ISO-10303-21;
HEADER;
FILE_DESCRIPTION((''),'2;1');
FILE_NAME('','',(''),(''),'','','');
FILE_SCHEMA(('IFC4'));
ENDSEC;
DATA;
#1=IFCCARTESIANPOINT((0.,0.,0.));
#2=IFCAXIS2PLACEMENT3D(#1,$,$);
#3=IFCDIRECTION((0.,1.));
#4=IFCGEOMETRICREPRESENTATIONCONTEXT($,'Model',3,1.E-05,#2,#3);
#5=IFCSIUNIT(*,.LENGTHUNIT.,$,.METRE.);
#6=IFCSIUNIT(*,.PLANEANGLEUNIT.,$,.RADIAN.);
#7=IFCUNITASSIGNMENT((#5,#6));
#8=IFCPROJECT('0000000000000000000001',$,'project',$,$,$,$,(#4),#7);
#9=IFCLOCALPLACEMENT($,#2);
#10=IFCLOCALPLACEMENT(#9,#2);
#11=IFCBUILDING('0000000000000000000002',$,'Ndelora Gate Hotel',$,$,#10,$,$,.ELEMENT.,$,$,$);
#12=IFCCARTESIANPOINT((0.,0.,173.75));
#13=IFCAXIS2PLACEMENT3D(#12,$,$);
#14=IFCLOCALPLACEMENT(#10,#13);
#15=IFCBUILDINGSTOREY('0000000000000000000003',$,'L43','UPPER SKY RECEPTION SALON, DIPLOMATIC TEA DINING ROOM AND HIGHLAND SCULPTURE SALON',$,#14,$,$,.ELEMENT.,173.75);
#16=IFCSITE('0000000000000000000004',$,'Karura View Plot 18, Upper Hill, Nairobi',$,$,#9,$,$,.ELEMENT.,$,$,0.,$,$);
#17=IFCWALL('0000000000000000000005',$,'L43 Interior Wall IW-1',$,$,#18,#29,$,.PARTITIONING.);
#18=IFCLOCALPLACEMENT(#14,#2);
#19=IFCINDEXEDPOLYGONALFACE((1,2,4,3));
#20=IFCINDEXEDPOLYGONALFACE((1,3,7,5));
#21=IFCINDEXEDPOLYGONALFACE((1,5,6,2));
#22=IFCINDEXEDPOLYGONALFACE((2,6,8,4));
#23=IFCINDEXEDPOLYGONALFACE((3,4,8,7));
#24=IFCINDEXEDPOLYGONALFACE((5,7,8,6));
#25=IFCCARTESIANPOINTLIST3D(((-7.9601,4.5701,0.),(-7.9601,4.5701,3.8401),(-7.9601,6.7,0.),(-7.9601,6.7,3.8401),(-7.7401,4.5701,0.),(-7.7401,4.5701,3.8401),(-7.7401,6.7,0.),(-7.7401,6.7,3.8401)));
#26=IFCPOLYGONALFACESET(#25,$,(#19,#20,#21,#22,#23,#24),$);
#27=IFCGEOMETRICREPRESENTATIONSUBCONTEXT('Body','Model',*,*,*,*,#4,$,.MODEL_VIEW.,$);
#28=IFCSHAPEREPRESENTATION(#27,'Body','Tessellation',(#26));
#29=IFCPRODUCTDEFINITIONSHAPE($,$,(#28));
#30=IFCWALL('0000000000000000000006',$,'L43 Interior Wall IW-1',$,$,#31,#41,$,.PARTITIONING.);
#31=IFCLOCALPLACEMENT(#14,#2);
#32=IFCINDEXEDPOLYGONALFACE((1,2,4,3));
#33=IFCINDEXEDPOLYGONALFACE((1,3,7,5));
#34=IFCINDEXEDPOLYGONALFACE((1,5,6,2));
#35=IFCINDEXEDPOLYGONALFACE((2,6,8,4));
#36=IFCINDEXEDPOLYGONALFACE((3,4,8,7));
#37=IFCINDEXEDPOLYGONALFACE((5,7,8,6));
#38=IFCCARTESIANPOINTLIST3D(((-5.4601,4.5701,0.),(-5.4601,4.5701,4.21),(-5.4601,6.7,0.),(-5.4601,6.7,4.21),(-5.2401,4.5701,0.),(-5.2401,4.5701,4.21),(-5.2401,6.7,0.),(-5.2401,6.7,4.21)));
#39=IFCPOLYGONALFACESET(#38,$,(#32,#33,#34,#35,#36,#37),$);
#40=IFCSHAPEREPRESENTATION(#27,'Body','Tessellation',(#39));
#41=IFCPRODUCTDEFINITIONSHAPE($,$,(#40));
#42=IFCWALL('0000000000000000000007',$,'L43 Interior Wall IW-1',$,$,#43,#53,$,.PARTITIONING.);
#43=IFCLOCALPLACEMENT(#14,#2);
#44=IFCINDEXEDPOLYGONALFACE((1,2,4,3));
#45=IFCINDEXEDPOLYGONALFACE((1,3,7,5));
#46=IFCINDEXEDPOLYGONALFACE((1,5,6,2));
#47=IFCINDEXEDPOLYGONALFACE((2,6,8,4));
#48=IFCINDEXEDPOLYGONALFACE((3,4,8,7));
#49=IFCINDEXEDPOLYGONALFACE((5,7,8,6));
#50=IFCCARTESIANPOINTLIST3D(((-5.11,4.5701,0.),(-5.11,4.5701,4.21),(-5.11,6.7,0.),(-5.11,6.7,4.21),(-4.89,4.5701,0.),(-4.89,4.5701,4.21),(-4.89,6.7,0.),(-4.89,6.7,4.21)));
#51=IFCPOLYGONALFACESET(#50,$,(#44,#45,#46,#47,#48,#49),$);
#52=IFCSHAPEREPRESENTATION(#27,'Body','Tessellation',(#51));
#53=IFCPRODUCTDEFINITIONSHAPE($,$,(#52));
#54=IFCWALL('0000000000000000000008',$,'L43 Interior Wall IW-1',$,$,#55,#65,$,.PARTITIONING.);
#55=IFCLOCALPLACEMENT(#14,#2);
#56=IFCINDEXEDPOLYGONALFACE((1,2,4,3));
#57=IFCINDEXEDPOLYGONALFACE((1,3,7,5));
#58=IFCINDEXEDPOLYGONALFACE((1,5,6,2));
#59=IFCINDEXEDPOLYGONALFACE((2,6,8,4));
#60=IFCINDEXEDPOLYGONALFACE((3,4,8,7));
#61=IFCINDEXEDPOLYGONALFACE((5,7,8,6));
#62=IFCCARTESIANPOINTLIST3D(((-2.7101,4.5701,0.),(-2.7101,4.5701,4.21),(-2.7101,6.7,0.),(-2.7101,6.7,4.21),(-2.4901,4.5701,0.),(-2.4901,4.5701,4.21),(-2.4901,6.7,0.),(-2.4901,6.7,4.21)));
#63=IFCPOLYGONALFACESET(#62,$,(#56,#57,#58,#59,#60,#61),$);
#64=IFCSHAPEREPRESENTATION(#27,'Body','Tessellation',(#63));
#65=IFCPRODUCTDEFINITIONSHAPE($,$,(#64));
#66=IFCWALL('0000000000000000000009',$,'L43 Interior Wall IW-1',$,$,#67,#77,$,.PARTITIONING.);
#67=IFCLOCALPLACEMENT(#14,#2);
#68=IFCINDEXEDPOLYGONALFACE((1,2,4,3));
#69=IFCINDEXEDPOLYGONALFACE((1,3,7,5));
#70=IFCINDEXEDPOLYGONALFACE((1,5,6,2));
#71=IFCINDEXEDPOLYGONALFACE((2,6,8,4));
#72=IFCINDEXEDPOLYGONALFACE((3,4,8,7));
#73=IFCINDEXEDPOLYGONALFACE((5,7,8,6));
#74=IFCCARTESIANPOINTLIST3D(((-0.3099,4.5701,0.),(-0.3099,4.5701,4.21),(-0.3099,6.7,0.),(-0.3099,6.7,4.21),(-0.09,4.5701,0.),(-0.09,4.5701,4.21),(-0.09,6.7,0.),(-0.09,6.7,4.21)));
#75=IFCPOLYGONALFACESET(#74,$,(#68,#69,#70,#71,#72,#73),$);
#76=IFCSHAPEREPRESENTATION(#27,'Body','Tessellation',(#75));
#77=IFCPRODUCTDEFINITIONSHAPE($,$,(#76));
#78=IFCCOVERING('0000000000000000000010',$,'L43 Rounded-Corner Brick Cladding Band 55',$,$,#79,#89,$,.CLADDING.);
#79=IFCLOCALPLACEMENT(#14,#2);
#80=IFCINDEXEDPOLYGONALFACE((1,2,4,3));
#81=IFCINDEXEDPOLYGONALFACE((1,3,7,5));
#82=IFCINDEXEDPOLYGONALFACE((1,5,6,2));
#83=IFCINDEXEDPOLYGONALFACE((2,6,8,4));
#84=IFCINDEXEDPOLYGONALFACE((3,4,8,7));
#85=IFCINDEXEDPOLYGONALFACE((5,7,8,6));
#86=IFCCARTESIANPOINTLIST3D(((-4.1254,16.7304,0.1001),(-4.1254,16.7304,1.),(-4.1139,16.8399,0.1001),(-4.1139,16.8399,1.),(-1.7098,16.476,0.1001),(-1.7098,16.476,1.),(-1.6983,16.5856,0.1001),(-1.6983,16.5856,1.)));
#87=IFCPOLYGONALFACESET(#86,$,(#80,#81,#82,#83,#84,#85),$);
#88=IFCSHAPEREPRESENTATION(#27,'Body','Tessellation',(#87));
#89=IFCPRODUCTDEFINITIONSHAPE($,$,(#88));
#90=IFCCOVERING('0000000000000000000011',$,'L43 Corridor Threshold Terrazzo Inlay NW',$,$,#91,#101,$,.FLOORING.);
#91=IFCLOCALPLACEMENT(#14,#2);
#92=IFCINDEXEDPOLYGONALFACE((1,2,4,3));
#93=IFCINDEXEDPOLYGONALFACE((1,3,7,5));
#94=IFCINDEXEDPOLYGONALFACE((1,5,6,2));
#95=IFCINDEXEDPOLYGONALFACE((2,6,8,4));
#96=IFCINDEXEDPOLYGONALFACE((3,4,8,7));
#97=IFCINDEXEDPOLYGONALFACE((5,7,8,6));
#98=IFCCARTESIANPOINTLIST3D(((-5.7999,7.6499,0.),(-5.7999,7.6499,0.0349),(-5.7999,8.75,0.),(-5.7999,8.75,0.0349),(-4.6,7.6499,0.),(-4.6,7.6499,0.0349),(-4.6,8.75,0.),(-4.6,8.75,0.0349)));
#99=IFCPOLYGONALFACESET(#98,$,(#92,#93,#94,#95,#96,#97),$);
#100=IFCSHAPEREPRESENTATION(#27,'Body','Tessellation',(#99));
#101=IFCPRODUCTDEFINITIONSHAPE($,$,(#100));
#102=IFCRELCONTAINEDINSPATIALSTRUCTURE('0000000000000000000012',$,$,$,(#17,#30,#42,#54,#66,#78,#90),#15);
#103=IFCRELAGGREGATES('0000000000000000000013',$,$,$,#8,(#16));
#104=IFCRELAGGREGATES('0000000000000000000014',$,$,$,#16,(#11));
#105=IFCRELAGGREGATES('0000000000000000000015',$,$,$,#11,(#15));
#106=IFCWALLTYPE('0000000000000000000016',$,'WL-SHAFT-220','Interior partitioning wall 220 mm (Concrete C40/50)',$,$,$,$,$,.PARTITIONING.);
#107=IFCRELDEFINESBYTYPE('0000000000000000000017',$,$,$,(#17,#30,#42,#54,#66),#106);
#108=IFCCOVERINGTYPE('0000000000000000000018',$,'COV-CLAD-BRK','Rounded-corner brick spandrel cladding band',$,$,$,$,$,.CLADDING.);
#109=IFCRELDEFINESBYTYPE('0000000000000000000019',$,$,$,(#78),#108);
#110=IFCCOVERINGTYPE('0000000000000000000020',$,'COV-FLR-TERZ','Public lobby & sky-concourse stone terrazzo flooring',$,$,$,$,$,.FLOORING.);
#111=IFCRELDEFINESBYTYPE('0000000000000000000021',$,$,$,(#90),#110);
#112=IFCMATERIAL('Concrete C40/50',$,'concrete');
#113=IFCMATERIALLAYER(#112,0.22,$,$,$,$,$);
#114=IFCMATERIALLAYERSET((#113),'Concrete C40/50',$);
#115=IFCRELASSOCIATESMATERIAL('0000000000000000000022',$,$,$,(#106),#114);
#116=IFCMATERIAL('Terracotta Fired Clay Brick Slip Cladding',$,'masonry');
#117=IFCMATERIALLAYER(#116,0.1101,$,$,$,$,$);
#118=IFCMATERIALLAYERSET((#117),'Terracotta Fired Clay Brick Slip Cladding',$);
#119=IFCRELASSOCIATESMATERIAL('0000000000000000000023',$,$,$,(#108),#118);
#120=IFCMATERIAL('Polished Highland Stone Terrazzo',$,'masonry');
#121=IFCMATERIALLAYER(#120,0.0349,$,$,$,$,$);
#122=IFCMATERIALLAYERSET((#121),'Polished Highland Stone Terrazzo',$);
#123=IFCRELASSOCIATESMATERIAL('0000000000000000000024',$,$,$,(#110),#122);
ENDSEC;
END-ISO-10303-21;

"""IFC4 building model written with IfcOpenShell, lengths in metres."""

from ifc_helpers import new_model, si_unit, direction, frame, frame_2d, origin, origin_2d, place, context, subcontext, project, spatial, rectangle, extrude, material, layer, layer_set, type_object, element, save


model = new_model("IFC4")

# Units and contexts
model_context = context("Model", 3, precision=1e-05, world=origin(), true_north=direction((0.0, 1.0)))
body_context = subcontext(model_context, "Body", "Model", "MODEL_VIEW")
ifc_project = project(units=[si_unit("LENGTHUNIT", "METRE"), si_unit("PLANEANGLEUNIT", "RADIAN")], contexts=[model_context])

# Site, building, storey
site_placement = place(None, origin())
site = spatial("IfcSite", under=ifc_project, at=site_placement, Name="Karura View Plot 18, Upper Hill, Nairobi", CompositionType="ELEMENT", RefElevation=0.0)
building_placement = place(site_placement, origin())
building = spatial("IfcBuilding", under=site, at=building_placement, Name="Ndelora Gate Hotel", CompositionType="ELEMENT")
storey_placement = place(building_placement, frame((0.0, 0.0, 173.75)))
storey = spatial("IfcBuildingStorey", under=building, at=storey_placement, Name="L43", Description="UPPER SKY RECEPTION SALON, DIPLOMATIC TEA DINING ROOM AND HIGHLAND SCULPTURE SALON", CompositionType="ELEMENT", Elevation=173.75)

# Walls
ifc_material_1 = material(Name="Concrete C40/50", Category="concrete")
ifc_layer_1 = layer(ifc_material_1, 0.22)
ifc_layer_set_1 = layer_set([ifc_layer_1], Name="Concrete C40/50")
wall_type_1 = type_object("IfcWallType", Name="WL-SHAFT-220", Description="Interior partitioning wall 220 mm (Concrete C40/50)", PredefinedType="PARTITIONING", material=ifc_layer_set_1)
wall_1_placement = place(storey_placement, frame((-7.8501, 4.5701, 0.0), z_axis=(0.0, 0.0, 1.0), x_axis=(0.0, 1.0, 0.0)))
element("IfcWall", 1, at=wall_1_placement, inside=storey, type_object=wall_type_1, Name="L43 Interior Wall IW-1", PredefinedType="PARTITIONING", context=body_context, shape_type="SweptSolid", body=[
    extrude(rectangle(XDim=2.1299, YDim=0.22, at=frame_2d((1.0649, 0.0))), origin(), (0.0, 0.0, 1.0), 3.8401),
])
for number, where, z_axis, x_axis, name in (
    (2, (-5.3501, 4.5701, 0.0), (0.0, 0.0, 1.0), (0.0, 1.0, 0.0), "L43 Interior Wall IW-1"),
    (3, (-5.0, 4.5701, 0.0), (0.0, 0.0, 1.0), (0.0, 1.0, 0.0), "L43 Interior Wall IW-1"),
    (4, (-2.6001, 4.5701, 0.0), (0.0, 0.0, 1.0), (0.0, 1.0, 0.0), "L43 Interior Wall IW-1"),
):
    element("IfcWall", number, at=place(storey_placement, frame(where, z_axis=z_axis, x_axis=x_axis)), inside=storey, type_object=wall_type_1, Name=name, PredefinedType="PARTITIONING", context=body_context, shape_type="SweptSolid", body=[
        extrude(rectangle(XDim=2.1299, YDim=0.22, at=frame_2d((1.0649, 0.0))), origin(), (0.0, 0.0, 1.0), 4.21),
    ])

# Wall
wall_2_placement = place(storey_placement, frame((-0.2, 4.5701, 0.0), z_axis=(0.0, 0.0, 1.0), x_axis=(0.0, 1.0, 0.0)))
element("IfcWall", 5, at=wall_2_placement, inside=storey, type_object=wall_type_1, Name="L43 Interior Wall IW-1", PredefinedType="PARTITIONING", context=body_context, shape_type="SweptSolid", body=[
    extrude(rectangle(XDim=2.1299, YDim=0.22, at=frame_2d((1.0649, 0.0))), origin(), (0.0, 0.0, 1.0), 4.21),
])

# Coverings
ifc_material_2 = material(Name="Terracotta Fired Clay Brick Slip Cladding", Category="masonry")
ifc_layer_2 = layer(ifc_material_2, 0.1101)
ifc_layer_set_2 = layer_set([ifc_layer_2], Name="Terracotta Fired Clay Brick Slip Cladding")
covering_type_1 = type_object("IfcCoveringType", Name="COV-CLAD-BRK", Description="Rounded-corner brick spandrel cladding band", PredefinedType="CLADDING", material=ifc_layer_set_2)
covering_1_placement = place(storey_placement, frame((-2.9119, 16.658, 0.1001), z_axis=(0.0, 0.0, 1.0), x_axis=(-0.994504, 0.104702, 0.0)))
element("IfcCovering", 6, at=covering_1_placement, inside=storey, type_object=covering_type_1, Name="L43 Rounded-Corner Brick Cladding Band 55", PredefinedType="CLADDING", context=body_context, shape_type="SweptSolid", body=[
    extrude(rectangle(XDim=2.429, YDim=0.1101, at=origin_2d()), origin(), (0.0, 0.0, 1.0), 0.8999),
])
ifc_material_3 = material(Name="Polished Highland Stone Terrazzo", Category="masonry")
ifc_layer_3 = layer(ifc_material_3, 0.0349)
ifc_layer_set_3 = layer_set([ifc_layer_3], Name="Polished Highland Stone Terrazzo")
covering_type_2 = type_object("IfcCoveringType", Name="COV-FLR-TERZ", Description="Public lobby & sky-concourse stone terrazzo flooring", PredefinedType="FLOORING", material=ifc_layer_set_3)
covering_2_placement = place(storey_placement, frame((-5.2, 8.2, 0.0), z_axis=(0.0, 0.0, 1.0), x_axis=(1.0, 0.0, 0.0)))
element("IfcCovering", 7, at=covering_2_placement, inside=storey, type_object=covering_type_2, Name="L43 Corridor Threshold Terrazzo Inlay NW", PredefinedType="FLOORING", context=body_context, shape_type="SweptSolid", body=[
    extrude(rectangle(XDim=1.2, YDim=1.1001, at=origin_2d()), origin(), (0.0, 0.0, 1.0), 0.0349),
])

save(model, "model.ifc")
